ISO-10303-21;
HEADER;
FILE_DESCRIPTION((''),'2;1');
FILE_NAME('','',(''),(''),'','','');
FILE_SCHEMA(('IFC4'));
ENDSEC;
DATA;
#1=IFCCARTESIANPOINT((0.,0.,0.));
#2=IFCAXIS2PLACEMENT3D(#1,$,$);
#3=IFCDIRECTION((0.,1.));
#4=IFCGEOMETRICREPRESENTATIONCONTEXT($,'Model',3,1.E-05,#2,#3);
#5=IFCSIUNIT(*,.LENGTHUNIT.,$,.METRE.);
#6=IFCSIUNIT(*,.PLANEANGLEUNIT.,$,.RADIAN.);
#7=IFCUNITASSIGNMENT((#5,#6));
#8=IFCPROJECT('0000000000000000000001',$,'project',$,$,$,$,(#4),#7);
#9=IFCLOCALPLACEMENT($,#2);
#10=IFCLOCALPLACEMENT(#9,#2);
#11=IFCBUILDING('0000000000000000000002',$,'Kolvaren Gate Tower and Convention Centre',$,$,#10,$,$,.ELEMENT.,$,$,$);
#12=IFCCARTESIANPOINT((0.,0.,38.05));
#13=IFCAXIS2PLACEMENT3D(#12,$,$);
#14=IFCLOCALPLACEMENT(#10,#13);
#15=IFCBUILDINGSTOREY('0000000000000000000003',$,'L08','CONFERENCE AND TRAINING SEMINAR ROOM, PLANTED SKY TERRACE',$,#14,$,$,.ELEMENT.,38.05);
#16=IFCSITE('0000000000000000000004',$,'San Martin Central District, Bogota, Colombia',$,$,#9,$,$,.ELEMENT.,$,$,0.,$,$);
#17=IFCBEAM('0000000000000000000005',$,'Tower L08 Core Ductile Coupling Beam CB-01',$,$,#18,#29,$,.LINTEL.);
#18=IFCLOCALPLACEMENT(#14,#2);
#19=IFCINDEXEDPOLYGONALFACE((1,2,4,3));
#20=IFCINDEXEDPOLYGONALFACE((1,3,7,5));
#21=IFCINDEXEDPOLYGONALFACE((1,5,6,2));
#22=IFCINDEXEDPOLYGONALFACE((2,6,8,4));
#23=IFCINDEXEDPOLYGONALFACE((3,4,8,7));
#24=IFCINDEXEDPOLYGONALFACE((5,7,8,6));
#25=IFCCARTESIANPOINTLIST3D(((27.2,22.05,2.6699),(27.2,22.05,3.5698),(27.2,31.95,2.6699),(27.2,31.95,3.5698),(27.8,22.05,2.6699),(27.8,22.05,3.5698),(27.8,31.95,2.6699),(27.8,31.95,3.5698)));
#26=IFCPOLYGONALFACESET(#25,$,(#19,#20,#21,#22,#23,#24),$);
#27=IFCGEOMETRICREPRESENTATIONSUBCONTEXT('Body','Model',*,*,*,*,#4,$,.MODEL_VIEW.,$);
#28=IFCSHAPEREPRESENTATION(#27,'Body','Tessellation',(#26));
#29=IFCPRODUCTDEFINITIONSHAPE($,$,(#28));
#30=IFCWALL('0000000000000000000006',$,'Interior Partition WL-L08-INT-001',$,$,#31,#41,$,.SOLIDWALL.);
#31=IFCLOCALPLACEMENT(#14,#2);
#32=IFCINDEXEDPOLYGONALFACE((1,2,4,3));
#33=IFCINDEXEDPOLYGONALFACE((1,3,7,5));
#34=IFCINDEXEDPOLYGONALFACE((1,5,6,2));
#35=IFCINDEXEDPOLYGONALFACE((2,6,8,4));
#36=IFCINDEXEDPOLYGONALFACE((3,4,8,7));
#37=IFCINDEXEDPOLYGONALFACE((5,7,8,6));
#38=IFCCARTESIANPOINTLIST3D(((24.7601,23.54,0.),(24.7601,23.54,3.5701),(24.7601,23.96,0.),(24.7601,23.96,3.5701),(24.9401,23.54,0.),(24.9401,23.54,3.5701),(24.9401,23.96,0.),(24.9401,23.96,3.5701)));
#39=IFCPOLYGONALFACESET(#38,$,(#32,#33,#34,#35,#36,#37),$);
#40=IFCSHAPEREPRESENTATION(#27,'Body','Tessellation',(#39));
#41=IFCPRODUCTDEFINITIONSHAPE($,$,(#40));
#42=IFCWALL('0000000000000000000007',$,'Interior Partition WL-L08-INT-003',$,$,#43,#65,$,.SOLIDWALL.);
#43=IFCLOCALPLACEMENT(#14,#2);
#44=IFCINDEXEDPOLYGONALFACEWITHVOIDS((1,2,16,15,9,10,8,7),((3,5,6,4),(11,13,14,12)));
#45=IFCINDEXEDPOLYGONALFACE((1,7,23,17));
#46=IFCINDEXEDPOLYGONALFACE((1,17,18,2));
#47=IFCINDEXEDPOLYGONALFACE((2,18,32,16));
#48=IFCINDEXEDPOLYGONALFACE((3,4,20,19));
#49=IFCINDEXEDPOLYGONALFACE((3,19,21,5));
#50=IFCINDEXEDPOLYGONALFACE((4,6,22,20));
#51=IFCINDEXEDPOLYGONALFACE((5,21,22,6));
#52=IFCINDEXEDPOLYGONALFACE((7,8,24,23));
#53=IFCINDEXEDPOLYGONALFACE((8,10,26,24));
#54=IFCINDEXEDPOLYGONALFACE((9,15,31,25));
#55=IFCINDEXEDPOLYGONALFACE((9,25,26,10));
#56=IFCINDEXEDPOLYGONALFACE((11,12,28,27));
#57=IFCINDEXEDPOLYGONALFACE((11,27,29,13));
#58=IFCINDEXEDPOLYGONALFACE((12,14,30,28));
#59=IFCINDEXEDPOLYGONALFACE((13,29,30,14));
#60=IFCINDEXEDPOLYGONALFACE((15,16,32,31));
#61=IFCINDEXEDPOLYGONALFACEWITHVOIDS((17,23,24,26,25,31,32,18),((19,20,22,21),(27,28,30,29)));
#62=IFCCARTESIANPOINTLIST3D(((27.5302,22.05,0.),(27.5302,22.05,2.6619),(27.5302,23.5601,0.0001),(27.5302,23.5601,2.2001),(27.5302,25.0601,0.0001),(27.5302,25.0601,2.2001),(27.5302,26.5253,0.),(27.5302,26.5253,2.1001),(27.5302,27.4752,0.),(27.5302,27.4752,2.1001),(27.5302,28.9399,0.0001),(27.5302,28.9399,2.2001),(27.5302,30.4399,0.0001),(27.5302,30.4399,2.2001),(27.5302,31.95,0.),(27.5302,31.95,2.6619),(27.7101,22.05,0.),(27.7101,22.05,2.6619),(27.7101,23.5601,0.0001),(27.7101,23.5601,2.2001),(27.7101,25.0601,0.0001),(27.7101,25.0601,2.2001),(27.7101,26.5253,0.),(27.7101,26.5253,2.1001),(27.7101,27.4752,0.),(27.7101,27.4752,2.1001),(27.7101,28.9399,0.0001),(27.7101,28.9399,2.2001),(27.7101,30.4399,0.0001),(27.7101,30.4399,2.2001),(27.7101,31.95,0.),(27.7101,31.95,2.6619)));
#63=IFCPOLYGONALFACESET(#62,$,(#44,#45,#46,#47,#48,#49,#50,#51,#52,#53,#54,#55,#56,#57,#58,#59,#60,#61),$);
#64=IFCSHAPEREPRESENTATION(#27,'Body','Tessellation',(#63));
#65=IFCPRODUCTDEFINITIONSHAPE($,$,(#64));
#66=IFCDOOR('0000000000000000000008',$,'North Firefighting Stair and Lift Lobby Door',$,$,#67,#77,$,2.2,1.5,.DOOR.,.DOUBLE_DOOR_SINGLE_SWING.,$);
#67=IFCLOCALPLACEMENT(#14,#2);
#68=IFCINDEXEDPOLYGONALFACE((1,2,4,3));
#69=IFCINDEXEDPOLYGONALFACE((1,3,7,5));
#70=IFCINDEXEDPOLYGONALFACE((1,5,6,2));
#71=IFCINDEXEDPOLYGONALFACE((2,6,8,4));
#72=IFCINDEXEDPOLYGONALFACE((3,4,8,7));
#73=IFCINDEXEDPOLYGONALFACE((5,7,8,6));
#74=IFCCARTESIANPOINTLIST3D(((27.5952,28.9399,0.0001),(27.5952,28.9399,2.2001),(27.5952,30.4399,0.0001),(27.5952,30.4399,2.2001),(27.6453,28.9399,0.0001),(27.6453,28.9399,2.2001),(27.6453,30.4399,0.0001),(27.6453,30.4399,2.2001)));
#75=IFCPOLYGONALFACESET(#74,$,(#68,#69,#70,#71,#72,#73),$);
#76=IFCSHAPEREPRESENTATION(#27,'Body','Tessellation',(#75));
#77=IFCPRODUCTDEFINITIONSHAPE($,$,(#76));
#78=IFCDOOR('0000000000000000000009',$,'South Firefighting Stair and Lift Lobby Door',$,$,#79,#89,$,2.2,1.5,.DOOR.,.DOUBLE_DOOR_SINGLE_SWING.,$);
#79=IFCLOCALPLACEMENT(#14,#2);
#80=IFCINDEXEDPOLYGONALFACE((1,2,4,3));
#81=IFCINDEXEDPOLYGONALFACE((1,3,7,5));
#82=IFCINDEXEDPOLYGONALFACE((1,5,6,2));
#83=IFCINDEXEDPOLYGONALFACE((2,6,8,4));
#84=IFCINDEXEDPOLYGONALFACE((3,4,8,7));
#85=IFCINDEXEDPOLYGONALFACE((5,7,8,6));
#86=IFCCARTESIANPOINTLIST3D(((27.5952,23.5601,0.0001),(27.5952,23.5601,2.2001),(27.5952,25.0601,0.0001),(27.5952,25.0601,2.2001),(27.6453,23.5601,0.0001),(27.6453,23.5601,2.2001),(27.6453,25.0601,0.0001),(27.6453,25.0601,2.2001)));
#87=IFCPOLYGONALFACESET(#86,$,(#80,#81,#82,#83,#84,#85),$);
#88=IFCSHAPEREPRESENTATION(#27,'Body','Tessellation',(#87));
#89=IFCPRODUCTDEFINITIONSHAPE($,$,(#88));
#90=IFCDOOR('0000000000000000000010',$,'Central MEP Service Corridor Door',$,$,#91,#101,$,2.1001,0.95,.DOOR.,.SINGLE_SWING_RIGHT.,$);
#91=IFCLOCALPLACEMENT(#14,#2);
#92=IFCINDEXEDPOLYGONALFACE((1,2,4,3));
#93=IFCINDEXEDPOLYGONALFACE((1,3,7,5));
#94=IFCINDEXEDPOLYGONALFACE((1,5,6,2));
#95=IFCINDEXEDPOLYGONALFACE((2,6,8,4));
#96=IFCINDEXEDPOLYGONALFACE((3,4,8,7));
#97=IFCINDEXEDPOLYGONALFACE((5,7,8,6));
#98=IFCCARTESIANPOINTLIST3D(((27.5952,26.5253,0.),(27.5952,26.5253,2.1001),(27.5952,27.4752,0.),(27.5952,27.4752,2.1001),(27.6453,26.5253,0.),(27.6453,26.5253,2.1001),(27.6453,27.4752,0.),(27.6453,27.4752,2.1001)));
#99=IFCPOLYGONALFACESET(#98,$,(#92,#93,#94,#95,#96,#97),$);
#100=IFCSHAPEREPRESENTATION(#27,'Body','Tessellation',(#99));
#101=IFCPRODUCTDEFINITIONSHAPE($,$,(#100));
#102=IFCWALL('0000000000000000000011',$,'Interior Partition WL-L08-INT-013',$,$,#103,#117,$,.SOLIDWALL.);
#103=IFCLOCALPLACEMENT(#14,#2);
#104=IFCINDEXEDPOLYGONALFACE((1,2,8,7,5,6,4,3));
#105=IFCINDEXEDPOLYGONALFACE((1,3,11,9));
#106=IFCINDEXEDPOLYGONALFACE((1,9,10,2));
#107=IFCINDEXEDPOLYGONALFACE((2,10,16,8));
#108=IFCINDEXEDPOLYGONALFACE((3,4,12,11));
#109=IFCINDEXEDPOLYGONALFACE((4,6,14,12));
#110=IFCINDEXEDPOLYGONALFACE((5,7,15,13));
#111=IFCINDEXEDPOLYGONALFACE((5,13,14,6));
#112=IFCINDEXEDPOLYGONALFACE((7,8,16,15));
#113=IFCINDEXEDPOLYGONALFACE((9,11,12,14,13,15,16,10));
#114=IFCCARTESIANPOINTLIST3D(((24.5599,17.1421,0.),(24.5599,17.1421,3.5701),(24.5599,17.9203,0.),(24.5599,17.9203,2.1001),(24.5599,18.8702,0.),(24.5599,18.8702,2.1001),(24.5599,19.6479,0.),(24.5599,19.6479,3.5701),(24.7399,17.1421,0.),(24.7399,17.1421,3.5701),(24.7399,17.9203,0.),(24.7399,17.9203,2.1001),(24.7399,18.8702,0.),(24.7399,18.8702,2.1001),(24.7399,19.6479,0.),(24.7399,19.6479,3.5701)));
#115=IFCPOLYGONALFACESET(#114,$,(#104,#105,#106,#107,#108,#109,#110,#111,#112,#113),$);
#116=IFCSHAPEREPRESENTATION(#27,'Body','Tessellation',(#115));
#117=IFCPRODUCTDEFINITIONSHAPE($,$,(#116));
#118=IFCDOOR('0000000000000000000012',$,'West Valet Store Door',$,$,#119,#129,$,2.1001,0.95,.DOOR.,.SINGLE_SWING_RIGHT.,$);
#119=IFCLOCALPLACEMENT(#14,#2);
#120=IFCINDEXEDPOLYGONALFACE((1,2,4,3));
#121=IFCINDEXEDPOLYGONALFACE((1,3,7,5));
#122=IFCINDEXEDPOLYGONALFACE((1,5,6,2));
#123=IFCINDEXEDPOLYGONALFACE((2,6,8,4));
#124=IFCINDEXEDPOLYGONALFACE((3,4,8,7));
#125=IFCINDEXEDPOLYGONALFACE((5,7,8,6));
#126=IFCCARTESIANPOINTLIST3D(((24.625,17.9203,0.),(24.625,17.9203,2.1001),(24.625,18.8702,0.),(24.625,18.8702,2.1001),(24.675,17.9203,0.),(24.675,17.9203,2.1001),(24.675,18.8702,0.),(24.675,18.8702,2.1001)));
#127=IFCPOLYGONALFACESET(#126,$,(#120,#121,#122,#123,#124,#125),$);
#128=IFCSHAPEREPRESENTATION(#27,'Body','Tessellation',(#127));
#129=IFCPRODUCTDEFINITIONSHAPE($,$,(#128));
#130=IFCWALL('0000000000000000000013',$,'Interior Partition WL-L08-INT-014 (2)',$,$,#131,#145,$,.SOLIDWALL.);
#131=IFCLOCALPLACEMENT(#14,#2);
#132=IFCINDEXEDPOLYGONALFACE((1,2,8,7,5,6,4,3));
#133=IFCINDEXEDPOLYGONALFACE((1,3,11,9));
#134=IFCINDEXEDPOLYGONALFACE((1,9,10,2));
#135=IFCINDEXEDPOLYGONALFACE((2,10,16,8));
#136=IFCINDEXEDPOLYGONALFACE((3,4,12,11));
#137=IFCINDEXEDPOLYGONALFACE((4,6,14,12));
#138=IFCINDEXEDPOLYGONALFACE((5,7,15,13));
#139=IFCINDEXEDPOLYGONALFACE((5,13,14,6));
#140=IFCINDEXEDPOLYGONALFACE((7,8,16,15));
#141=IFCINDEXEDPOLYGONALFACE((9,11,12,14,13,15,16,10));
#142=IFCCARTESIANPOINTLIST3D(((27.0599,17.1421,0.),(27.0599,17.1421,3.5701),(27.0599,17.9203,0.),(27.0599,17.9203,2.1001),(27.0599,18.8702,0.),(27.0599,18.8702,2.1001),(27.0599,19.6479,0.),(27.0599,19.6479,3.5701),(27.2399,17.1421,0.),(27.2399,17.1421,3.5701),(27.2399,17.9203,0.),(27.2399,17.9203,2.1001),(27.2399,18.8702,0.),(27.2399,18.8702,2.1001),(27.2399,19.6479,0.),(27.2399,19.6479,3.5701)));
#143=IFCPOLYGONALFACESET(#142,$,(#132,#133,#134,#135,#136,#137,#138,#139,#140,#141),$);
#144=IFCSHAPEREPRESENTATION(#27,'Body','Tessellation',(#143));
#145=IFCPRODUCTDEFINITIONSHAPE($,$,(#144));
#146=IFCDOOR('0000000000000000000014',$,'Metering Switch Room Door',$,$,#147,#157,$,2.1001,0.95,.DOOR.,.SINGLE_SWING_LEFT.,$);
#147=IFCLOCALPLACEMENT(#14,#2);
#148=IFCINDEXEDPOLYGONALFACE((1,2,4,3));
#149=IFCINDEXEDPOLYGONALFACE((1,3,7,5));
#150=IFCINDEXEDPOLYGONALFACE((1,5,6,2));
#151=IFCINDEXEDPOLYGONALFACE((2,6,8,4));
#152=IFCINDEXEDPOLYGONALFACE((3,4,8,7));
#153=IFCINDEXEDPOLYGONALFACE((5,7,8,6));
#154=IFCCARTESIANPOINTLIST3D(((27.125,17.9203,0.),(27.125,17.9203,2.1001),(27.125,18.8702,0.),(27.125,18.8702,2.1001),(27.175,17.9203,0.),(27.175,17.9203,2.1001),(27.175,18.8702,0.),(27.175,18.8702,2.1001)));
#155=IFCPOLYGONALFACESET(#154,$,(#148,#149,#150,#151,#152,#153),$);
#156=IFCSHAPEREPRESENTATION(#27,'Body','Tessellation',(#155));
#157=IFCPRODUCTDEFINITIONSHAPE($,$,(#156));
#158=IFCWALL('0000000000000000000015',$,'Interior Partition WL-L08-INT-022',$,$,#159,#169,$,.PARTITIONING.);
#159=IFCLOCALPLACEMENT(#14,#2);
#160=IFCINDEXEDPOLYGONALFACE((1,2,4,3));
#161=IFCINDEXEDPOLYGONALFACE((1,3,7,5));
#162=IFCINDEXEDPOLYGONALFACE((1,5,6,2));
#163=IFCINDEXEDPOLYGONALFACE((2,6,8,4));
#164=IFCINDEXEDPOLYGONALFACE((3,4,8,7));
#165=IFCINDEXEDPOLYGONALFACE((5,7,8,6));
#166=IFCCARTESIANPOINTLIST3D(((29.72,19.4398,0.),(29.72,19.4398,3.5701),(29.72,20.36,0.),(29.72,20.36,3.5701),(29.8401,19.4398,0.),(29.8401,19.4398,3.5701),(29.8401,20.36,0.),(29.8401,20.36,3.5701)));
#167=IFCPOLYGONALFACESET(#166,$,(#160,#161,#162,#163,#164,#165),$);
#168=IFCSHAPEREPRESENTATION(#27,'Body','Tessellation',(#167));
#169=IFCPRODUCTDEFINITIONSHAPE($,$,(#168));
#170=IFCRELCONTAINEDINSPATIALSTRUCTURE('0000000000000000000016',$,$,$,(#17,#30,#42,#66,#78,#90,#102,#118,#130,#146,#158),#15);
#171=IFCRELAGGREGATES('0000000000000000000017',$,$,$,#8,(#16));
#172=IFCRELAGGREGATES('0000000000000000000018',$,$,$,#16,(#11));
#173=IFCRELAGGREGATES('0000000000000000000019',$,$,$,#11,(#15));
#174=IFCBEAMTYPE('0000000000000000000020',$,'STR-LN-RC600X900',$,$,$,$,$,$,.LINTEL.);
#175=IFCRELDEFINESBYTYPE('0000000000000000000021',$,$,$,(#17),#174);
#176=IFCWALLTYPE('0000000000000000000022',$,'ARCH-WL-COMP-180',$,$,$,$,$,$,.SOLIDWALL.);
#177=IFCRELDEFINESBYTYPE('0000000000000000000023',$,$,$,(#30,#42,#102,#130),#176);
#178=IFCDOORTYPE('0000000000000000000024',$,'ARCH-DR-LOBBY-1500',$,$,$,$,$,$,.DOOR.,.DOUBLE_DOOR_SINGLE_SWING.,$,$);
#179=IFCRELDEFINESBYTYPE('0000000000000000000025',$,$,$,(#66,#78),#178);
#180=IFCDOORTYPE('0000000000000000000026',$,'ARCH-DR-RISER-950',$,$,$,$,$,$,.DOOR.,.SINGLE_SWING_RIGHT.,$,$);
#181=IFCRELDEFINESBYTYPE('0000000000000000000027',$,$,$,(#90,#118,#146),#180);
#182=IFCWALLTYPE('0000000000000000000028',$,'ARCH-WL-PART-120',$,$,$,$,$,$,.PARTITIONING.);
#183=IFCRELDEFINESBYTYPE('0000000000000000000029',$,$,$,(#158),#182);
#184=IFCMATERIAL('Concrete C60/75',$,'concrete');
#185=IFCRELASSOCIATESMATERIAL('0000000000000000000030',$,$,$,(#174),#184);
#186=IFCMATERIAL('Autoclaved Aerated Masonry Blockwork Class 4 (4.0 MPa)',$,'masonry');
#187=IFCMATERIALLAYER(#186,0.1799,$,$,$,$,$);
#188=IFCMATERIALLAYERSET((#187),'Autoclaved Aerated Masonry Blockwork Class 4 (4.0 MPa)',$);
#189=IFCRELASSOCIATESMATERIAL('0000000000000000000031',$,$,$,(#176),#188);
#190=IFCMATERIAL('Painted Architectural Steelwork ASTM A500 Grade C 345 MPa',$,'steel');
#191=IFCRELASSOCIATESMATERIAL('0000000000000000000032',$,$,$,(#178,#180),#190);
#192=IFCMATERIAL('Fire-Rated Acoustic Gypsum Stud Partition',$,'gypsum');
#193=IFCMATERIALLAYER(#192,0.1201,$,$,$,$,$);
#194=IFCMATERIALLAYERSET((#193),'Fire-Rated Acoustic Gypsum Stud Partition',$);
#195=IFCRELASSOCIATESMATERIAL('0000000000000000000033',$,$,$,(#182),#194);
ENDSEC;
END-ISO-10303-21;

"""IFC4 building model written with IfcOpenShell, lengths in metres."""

from ifc_helpers import new_model, si_unit, direction, frame, frame_2d, origin, origin_2d, place, context, subcontext, project, spatial, rectangle, extrude, material, layer, layer_set, material_profile, profile_set, type_object, element, fill, save


model = new_model("IFC4")

# Units and contexts
model_context = context("Model", 3, precision=1e-05, world=origin(), true_north=direction((0.0, 1.0)))
body_context = subcontext(model_context, "Body", "Model", "MODEL_VIEW")
ifc_project = project(units=[si_unit("LENGTHUNIT", "METRE"), si_unit("PLANEANGLEUNIT", "RADIAN")], contexts=[model_context])

# Site, building, storey
site_placement = place(None, origin())
site = spatial("IfcSite", under=ifc_project, at=site_placement, Name="San Martin Central District, Bogota, Colombia", CompositionType="ELEMENT", RefElevation=0.0)
building_placement = place(site_placement, origin())
building = spatial("IfcBuilding", under=site, at=building_placement, Name="Kolvaren Gate Tower and Convention Centre", CompositionType="ELEMENT")
storey_placement = place(building_placement, frame((0.0, 0.0, 38.05)))
storey = spatial("IfcBuildingStorey", under=building, at=storey_placement, Name="L08", Description="CONFERENCE AND TRAINING SEMINAR ROOM, PLANTED SKY TERRACE", CompositionType="ELEMENT", Elevation=38.05)

# Beam
ifc_material_1 = material(Name="Concrete C60/75", Category="concrete")
ifc_material_profile = material_profile(ifc_material_1, rectangle(XDim=0.6001, YDim=0.8999, at=origin_2d()), Name="RC-BM-600X900")
ifc_profile_set = profile_set([ifc_material_profile], Name="Concrete C60/75")
beam_type = type_object("IfcBeamType", Name="STR-LN-RC600X900", PredefinedType="LINTEL", material=ifc_profile_set)
beam_placement = place(storey_placement, frame((27.5, 22.05, 3.1199), z_axis=(0.0, 1.0, 0.0), x_axis=(-1.0, 0.0, 0.0)))
element("IfcBeam", 1, at=beam_placement, inside=storey, type_object=beam_type, Name="Tower L08 Core Ductile Coupling Beam CB-01", PredefinedType="LINTEL", context=body_context, shape_type="SweptSolid", body=[
    extrude(rectangle(XDim=0.6001, YDim=0.8999, at=origin_2d()), origin(), (0.0, 0.0, 1.0), 9.8999),
])

# Wall
ifc_material_2 = material(Name="Autoclaved Aerated Masonry Blockwork Class 4 (4.0 MPa)", Category="masonry")
ifc_layer_1 = layer(ifc_material_2, 0.1799)
ifc_layer_set_1 = layer_set([ifc_layer_1], Name="Autoclaved Aerated Masonry Blockwork Class 4 (4.0 MPa)")
wall_type_1 = type_object("IfcWallType", Name="ARCH-WL-COMP-180", PredefinedType="SOLIDWALL", material=ifc_layer_set_1)
wall_1_placement = place(storey_placement, frame((24.8501, 23.54, 0.0), z_axis=(0.0, 0.0, 1.0), x_axis=(0.0, 1.0, 0.0)))
element("IfcWall", 2, at=wall_1_placement, inside=storey, type_object=wall_type_1, Name="Interior Partition WL-L08-INT-001", PredefinedType="SOLIDWALL", context=body_context, shape_type="SweptSolid", body=[
    extrude(rectangle(XDim=0.4199, YDim=0.1799, at=frame_2d((0.21, 0.0))), origin(), (0.0, 0.0, 1.0), 3.5701),
])

# Wall, openings, doors
wall_2_placement = place(storey_placement, frame((27.6201, 22.05, 0.0), z_axis=(0.0, 0.0, 1.0), x_axis=(0.0, 1.0, 0.0)))
wall_2 = element("IfcWall", 3, at=wall_2_placement, inside=storey, type_object=wall_type_1, Name="Interior Partition WL-L08-INT-003", PredefinedType="SOLIDWALL", context=body_context, shape_type="SweptSolid", body=[
    extrude(rectangle(XDim=9.8999, YDim=0.1799, at=frame_2d((4.95, 0.0))), origin(), (0.0, 0.0, 1.0), 2.6619),
])
opening_1_placement = place(wall_2_placement, frame((4.4751, 0.0, 0.0)))
opening_1 = element("IfcOpeningElement", 4, at=opening_1_placement, cuts=wall_2, PredefinedType="OPENING", context=body_context, shape_type="SweptSolid", body=[
    extrude(rectangle(XDim=0.95, YDim=2.1001, at=frame_2d((0.4751, 1.05))), frame((0.0, 0.0999, 0.0), z_axis=(0.0, -1.0, 0.0), x_axis=(1.0, 0.0, 0.0)), (0.0, 0.0, 1.0), 0.2),
])
opening_2_placement = place(wall_2_placement, frame((6.8899, 0.0, 0.0)))
opening_2 = element("IfcOpeningElement", 5, at=opening_2_placement, cuts=wall_2, PredefinedType="OPENING", context=body_context, shape_type="SweptSolid", body=[
    extrude(rectangle(XDim=1.5, YDim=2.2, at=frame_2d((0.75, 1.1001))), frame((0.0, 0.0999, 0.0), z_axis=(0.0, -1.0, 0.0), x_axis=(1.0, 0.0, 0.0)), (0.0, 0.0, 1.0), 0.2),
])
opening_3_placement = place(wall_2_placement, frame((1.51, 0.0, 0.0)))
opening_3 = element("IfcOpeningElement", 6, at=opening_3_placement, cuts=wall_2, PredefinedType="OPENING", context=body_context, shape_type="SweptSolid", body=[
    extrude(rectangle(XDim=1.5, YDim=2.2, at=frame_2d((0.75, 1.1001))), frame((0.0, 0.0999, 0.0), z_axis=(0.0, -1.0, 0.0), x_axis=(1.0, 0.0, 0.0)), (0.0, 0.0, 1.0), 0.2),
])
ifc_material_3 = material(Name="Painted Architectural Steelwork ASTM A500 Grade C 345 MPa", Category="steel")
door_type_1 = type_object("IfcDoorType", Name="ARCH-DR-LOBBY-1500", OperationType="DOUBLE_DOOR_SINGLE_SWING", PredefinedType="DOOR", material=ifc_material_3)
door_1_placement = place(opening_2_placement, origin())
door_1 = element("IfcDoor", 7, at=door_1_placement, inside=storey, type_object=door_type_1, Name="North Firefighting Stair and Lift Lobby Door", OperationType="DOUBLE_DOOR_SINGLE_SWING", OverallHeight=2.2, OverallWidth=1.5, PredefinedType="DOOR", context=body_context, shape_type="SweptSolid", body=[
    extrude(rectangle(XDim=1.5, YDim=2.2, at=frame_2d((0.75, 1.1001))), frame((0.0, 0.0249, 0.0), z_axis=(0.0, -1.0, 0.0), x_axis=(1.0, 0.0, 0.0)), (0.0, 0.0, 1.0), 0.05),
])
fill(opening_2, door_1)
door_2_placement = place(opening_3_placement, origin())
door_2 = element("IfcDoor", 8, at=door_2_placement, inside=storey, type_object=door_type_1, Name="South Firefighting Stair and Lift Lobby Door", OperationType="DOUBLE_DOOR_SINGLE_SWING", OverallHeight=2.2, OverallWidth=1.5, PredefinedType="DOOR", context=body_context, shape_type="SweptSolid", body=[
    extrude(rectangle(XDim=1.5, YDim=2.2, at=frame_2d((0.75, 1.1001))), frame((0.0, 0.0249, 0.0), z_axis=(0.0, -1.0, 0.0), x_axis=(1.0, 0.0, 0.0)), (0.0, 0.0, 1.0), 0.05),
])
fill(opening_3, door_2)
door_type_2 = type_object("IfcDoorType", Name="ARCH-DR-RISER-950", OperationType="SINGLE_SWING_RIGHT", PredefinedType="DOOR", material=ifc_material_3)
door_3_placement = place(opening_1_placement, origin())
door_3 = element("IfcDoor", 9, at=door_3_placement, inside=storey, type_object=door_type_2, Name="Central MEP Service Corridor Door", OperationType="SINGLE_SWING_RIGHT", OverallHeight=2.1001, OverallWidth=0.95, PredefinedType="DOOR", context=body_context, shape_type="SweptSolid", body=[
    extrude(rectangle(XDim=0.95, YDim=2.1001, at=frame_2d((0.4751, 1.05))), frame((0.0, 0.0249, 0.0), z_axis=(0.0, -1.0, 0.0), x_axis=(1.0, 0.0, 0.0)), (0.0, 0.0, 1.0), 0.05),
])
fill(opening_1, door_3)

# Walls, openings, doors
wall_3_placement = place(storey_placement, frame((24.6499, 17.1421, 0.0), z_axis=(0.0, 0.0, 1.0), x_axis=(0.0, 1.0, 0.0)))
wall_3 = element("IfcWall", 10, at=wall_3_placement, inside=storey, type_object=wall_type_1, Name="Interior Partition WL-L08-INT-013", PredefinedType="SOLIDWALL", context=body_context, shape_type="SweptSolid", body=[
    extrude(rectangle(XDim=2.5059, YDim=0.1799, at=frame_2d((1.2529, 0.0))), origin(), (0.0, 0.0, 1.0), 3.5701),
])
opening_4_placement = place(wall_3_placement, frame((0.7781, 0.0, 0.0)))
opening_4 = element("IfcOpeningElement", 11, at=opening_4_placement, cuts=wall_3, PredefinedType="OPENING", context=body_context, shape_type="SweptSolid", body=[
    extrude(rectangle(XDim=0.95, YDim=2.1001, at=frame_2d((0.4751, 1.05))), frame((0.0, 0.0999, 0.0), z_axis=(0.0, -1.0, 0.0), x_axis=(1.0, 0.0, 0.0)), (0.0, 0.0, 1.0), 0.2),
])
door_4_placement = place(opening_4_placement, origin())
door_4 = element("IfcDoor", 12, at=door_4_placement, inside=storey, type_object=door_type_2, Name="West Valet Store Door", OperationType="SINGLE_SWING_RIGHT", OverallHeight=2.1001, OverallWidth=0.95, PredefinedType="DOOR", context=body_context, shape_type="SweptSolid", body=[
    extrude(rectangle(XDim=0.95, YDim=2.1001, at=frame_2d((0.4751, 1.05))), frame((0.0, 0.0249, 0.0), z_axis=(0.0, -1.0, 0.0), x_axis=(1.0, 0.0, 0.0)), (0.0, 0.0, 1.0), 0.05),
])
fill(opening_4, door_4)
wall_4_placement = place(storey_placement, frame((27.1499, 17.1421, 0.0), z_axis=(0.0, 0.0, 1.0), x_axis=(0.0, 1.0, 0.0)))
wall_4 = element("IfcWall", 13, at=wall_4_placement, inside=storey, type_object=wall_type_1, Name="Interior Partition WL-L08-INT-014 (2)", PredefinedType="SOLIDWALL", context=body_context, shape_type="SweptSolid", body=[
    extrude(rectangle(XDim=2.5059, YDim=0.1799, at=frame_2d((1.2529, 0.0))), origin(), (0.0, 0.0, 1.0), 3.5701),
])
opening_5_placement = place(wall_4_placement, frame((0.7781, 0.0, 0.0)))
opening_5 = element("IfcOpeningElement", 14, at=opening_5_placement, cuts=wall_4, PredefinedType="OPENING", context=body_context, shape_type="SweptSolid", body=[
    extrude(rectangle(XDim=0.95, YDim=2.1001, at=frame_2d((0.4751, 1.05))), frame((0.0, 0.0999, 0.0), z_axis=(0.0, -1.0, 0.0), x_axis=(1.0, 0.0, 0.0)), (0.0, 0.0, 1.0), 0.2),
])
door_5_placement = place(opening_5_placement, origin())
door_5 = element("IfcDoor", 15, at=door_5_placement, inside=storey, type_object=door_type_2, Name="Metering Switch Room Door", OperationType="SINGLE_SWING_LEFT", OverallHeight=2.1001, OverallWidth=0.95, PredefinedType="DOOR", context=body_context, shape_type="SweptSolid", body=[
    extrude(rectangle(XDim=0.95, YDim=2.1001, at=frame_2d((0.4751, 1.05))), frame((0.0, 0.0249, 0.0), z_axis=(0.0, -1.0, 0.0), x_axis=(1.0, 0.0, 0.0)), (0.0, 0.0, 1.0), 0.05),
])
fill(opening_5, door_5)

# Wall
ifc_material_4 = material(Name="Fire-Rated Acoustic Gypsum Stud Partition", Category="gypsum")
ifc_layer_2 = layer(ifc_material_4, 0.1201)
ifc_layer_set_2 = layer_set([ifc_layer_2], Name="Fire-Rated Acoustic Gypsum Stud Partition")
wall_type_2 = type_object("IfcWallType", Name="ARCH-WL-PART-120", PredefinedType="PARTITIONING", material=ifc_layer_set_2)
wall_5_placement = place(storey_placement, frame((29.78, 19.4399, 0.0), z_axis=(0.0, 0.0, 1.0), x_axis=(0.0, 1.0, 0.0)))
element("IfcWall", 16, at=wall_5_placement, inside=storey, type_object=wall_type_2, Name="Interior Partition WL-L08-INT-022", PredefinedType="PARTITIONING", context=body_context, shape_type="SweptSolid", body=[
    extrude(rectangle(XDim=0.9202, YDim=0.1201, at=frame_2d((0.46, 0.0))), origin(), (0.0, 0.0, 1.0), 3.5701),
])

save(model, "model.ifc")
